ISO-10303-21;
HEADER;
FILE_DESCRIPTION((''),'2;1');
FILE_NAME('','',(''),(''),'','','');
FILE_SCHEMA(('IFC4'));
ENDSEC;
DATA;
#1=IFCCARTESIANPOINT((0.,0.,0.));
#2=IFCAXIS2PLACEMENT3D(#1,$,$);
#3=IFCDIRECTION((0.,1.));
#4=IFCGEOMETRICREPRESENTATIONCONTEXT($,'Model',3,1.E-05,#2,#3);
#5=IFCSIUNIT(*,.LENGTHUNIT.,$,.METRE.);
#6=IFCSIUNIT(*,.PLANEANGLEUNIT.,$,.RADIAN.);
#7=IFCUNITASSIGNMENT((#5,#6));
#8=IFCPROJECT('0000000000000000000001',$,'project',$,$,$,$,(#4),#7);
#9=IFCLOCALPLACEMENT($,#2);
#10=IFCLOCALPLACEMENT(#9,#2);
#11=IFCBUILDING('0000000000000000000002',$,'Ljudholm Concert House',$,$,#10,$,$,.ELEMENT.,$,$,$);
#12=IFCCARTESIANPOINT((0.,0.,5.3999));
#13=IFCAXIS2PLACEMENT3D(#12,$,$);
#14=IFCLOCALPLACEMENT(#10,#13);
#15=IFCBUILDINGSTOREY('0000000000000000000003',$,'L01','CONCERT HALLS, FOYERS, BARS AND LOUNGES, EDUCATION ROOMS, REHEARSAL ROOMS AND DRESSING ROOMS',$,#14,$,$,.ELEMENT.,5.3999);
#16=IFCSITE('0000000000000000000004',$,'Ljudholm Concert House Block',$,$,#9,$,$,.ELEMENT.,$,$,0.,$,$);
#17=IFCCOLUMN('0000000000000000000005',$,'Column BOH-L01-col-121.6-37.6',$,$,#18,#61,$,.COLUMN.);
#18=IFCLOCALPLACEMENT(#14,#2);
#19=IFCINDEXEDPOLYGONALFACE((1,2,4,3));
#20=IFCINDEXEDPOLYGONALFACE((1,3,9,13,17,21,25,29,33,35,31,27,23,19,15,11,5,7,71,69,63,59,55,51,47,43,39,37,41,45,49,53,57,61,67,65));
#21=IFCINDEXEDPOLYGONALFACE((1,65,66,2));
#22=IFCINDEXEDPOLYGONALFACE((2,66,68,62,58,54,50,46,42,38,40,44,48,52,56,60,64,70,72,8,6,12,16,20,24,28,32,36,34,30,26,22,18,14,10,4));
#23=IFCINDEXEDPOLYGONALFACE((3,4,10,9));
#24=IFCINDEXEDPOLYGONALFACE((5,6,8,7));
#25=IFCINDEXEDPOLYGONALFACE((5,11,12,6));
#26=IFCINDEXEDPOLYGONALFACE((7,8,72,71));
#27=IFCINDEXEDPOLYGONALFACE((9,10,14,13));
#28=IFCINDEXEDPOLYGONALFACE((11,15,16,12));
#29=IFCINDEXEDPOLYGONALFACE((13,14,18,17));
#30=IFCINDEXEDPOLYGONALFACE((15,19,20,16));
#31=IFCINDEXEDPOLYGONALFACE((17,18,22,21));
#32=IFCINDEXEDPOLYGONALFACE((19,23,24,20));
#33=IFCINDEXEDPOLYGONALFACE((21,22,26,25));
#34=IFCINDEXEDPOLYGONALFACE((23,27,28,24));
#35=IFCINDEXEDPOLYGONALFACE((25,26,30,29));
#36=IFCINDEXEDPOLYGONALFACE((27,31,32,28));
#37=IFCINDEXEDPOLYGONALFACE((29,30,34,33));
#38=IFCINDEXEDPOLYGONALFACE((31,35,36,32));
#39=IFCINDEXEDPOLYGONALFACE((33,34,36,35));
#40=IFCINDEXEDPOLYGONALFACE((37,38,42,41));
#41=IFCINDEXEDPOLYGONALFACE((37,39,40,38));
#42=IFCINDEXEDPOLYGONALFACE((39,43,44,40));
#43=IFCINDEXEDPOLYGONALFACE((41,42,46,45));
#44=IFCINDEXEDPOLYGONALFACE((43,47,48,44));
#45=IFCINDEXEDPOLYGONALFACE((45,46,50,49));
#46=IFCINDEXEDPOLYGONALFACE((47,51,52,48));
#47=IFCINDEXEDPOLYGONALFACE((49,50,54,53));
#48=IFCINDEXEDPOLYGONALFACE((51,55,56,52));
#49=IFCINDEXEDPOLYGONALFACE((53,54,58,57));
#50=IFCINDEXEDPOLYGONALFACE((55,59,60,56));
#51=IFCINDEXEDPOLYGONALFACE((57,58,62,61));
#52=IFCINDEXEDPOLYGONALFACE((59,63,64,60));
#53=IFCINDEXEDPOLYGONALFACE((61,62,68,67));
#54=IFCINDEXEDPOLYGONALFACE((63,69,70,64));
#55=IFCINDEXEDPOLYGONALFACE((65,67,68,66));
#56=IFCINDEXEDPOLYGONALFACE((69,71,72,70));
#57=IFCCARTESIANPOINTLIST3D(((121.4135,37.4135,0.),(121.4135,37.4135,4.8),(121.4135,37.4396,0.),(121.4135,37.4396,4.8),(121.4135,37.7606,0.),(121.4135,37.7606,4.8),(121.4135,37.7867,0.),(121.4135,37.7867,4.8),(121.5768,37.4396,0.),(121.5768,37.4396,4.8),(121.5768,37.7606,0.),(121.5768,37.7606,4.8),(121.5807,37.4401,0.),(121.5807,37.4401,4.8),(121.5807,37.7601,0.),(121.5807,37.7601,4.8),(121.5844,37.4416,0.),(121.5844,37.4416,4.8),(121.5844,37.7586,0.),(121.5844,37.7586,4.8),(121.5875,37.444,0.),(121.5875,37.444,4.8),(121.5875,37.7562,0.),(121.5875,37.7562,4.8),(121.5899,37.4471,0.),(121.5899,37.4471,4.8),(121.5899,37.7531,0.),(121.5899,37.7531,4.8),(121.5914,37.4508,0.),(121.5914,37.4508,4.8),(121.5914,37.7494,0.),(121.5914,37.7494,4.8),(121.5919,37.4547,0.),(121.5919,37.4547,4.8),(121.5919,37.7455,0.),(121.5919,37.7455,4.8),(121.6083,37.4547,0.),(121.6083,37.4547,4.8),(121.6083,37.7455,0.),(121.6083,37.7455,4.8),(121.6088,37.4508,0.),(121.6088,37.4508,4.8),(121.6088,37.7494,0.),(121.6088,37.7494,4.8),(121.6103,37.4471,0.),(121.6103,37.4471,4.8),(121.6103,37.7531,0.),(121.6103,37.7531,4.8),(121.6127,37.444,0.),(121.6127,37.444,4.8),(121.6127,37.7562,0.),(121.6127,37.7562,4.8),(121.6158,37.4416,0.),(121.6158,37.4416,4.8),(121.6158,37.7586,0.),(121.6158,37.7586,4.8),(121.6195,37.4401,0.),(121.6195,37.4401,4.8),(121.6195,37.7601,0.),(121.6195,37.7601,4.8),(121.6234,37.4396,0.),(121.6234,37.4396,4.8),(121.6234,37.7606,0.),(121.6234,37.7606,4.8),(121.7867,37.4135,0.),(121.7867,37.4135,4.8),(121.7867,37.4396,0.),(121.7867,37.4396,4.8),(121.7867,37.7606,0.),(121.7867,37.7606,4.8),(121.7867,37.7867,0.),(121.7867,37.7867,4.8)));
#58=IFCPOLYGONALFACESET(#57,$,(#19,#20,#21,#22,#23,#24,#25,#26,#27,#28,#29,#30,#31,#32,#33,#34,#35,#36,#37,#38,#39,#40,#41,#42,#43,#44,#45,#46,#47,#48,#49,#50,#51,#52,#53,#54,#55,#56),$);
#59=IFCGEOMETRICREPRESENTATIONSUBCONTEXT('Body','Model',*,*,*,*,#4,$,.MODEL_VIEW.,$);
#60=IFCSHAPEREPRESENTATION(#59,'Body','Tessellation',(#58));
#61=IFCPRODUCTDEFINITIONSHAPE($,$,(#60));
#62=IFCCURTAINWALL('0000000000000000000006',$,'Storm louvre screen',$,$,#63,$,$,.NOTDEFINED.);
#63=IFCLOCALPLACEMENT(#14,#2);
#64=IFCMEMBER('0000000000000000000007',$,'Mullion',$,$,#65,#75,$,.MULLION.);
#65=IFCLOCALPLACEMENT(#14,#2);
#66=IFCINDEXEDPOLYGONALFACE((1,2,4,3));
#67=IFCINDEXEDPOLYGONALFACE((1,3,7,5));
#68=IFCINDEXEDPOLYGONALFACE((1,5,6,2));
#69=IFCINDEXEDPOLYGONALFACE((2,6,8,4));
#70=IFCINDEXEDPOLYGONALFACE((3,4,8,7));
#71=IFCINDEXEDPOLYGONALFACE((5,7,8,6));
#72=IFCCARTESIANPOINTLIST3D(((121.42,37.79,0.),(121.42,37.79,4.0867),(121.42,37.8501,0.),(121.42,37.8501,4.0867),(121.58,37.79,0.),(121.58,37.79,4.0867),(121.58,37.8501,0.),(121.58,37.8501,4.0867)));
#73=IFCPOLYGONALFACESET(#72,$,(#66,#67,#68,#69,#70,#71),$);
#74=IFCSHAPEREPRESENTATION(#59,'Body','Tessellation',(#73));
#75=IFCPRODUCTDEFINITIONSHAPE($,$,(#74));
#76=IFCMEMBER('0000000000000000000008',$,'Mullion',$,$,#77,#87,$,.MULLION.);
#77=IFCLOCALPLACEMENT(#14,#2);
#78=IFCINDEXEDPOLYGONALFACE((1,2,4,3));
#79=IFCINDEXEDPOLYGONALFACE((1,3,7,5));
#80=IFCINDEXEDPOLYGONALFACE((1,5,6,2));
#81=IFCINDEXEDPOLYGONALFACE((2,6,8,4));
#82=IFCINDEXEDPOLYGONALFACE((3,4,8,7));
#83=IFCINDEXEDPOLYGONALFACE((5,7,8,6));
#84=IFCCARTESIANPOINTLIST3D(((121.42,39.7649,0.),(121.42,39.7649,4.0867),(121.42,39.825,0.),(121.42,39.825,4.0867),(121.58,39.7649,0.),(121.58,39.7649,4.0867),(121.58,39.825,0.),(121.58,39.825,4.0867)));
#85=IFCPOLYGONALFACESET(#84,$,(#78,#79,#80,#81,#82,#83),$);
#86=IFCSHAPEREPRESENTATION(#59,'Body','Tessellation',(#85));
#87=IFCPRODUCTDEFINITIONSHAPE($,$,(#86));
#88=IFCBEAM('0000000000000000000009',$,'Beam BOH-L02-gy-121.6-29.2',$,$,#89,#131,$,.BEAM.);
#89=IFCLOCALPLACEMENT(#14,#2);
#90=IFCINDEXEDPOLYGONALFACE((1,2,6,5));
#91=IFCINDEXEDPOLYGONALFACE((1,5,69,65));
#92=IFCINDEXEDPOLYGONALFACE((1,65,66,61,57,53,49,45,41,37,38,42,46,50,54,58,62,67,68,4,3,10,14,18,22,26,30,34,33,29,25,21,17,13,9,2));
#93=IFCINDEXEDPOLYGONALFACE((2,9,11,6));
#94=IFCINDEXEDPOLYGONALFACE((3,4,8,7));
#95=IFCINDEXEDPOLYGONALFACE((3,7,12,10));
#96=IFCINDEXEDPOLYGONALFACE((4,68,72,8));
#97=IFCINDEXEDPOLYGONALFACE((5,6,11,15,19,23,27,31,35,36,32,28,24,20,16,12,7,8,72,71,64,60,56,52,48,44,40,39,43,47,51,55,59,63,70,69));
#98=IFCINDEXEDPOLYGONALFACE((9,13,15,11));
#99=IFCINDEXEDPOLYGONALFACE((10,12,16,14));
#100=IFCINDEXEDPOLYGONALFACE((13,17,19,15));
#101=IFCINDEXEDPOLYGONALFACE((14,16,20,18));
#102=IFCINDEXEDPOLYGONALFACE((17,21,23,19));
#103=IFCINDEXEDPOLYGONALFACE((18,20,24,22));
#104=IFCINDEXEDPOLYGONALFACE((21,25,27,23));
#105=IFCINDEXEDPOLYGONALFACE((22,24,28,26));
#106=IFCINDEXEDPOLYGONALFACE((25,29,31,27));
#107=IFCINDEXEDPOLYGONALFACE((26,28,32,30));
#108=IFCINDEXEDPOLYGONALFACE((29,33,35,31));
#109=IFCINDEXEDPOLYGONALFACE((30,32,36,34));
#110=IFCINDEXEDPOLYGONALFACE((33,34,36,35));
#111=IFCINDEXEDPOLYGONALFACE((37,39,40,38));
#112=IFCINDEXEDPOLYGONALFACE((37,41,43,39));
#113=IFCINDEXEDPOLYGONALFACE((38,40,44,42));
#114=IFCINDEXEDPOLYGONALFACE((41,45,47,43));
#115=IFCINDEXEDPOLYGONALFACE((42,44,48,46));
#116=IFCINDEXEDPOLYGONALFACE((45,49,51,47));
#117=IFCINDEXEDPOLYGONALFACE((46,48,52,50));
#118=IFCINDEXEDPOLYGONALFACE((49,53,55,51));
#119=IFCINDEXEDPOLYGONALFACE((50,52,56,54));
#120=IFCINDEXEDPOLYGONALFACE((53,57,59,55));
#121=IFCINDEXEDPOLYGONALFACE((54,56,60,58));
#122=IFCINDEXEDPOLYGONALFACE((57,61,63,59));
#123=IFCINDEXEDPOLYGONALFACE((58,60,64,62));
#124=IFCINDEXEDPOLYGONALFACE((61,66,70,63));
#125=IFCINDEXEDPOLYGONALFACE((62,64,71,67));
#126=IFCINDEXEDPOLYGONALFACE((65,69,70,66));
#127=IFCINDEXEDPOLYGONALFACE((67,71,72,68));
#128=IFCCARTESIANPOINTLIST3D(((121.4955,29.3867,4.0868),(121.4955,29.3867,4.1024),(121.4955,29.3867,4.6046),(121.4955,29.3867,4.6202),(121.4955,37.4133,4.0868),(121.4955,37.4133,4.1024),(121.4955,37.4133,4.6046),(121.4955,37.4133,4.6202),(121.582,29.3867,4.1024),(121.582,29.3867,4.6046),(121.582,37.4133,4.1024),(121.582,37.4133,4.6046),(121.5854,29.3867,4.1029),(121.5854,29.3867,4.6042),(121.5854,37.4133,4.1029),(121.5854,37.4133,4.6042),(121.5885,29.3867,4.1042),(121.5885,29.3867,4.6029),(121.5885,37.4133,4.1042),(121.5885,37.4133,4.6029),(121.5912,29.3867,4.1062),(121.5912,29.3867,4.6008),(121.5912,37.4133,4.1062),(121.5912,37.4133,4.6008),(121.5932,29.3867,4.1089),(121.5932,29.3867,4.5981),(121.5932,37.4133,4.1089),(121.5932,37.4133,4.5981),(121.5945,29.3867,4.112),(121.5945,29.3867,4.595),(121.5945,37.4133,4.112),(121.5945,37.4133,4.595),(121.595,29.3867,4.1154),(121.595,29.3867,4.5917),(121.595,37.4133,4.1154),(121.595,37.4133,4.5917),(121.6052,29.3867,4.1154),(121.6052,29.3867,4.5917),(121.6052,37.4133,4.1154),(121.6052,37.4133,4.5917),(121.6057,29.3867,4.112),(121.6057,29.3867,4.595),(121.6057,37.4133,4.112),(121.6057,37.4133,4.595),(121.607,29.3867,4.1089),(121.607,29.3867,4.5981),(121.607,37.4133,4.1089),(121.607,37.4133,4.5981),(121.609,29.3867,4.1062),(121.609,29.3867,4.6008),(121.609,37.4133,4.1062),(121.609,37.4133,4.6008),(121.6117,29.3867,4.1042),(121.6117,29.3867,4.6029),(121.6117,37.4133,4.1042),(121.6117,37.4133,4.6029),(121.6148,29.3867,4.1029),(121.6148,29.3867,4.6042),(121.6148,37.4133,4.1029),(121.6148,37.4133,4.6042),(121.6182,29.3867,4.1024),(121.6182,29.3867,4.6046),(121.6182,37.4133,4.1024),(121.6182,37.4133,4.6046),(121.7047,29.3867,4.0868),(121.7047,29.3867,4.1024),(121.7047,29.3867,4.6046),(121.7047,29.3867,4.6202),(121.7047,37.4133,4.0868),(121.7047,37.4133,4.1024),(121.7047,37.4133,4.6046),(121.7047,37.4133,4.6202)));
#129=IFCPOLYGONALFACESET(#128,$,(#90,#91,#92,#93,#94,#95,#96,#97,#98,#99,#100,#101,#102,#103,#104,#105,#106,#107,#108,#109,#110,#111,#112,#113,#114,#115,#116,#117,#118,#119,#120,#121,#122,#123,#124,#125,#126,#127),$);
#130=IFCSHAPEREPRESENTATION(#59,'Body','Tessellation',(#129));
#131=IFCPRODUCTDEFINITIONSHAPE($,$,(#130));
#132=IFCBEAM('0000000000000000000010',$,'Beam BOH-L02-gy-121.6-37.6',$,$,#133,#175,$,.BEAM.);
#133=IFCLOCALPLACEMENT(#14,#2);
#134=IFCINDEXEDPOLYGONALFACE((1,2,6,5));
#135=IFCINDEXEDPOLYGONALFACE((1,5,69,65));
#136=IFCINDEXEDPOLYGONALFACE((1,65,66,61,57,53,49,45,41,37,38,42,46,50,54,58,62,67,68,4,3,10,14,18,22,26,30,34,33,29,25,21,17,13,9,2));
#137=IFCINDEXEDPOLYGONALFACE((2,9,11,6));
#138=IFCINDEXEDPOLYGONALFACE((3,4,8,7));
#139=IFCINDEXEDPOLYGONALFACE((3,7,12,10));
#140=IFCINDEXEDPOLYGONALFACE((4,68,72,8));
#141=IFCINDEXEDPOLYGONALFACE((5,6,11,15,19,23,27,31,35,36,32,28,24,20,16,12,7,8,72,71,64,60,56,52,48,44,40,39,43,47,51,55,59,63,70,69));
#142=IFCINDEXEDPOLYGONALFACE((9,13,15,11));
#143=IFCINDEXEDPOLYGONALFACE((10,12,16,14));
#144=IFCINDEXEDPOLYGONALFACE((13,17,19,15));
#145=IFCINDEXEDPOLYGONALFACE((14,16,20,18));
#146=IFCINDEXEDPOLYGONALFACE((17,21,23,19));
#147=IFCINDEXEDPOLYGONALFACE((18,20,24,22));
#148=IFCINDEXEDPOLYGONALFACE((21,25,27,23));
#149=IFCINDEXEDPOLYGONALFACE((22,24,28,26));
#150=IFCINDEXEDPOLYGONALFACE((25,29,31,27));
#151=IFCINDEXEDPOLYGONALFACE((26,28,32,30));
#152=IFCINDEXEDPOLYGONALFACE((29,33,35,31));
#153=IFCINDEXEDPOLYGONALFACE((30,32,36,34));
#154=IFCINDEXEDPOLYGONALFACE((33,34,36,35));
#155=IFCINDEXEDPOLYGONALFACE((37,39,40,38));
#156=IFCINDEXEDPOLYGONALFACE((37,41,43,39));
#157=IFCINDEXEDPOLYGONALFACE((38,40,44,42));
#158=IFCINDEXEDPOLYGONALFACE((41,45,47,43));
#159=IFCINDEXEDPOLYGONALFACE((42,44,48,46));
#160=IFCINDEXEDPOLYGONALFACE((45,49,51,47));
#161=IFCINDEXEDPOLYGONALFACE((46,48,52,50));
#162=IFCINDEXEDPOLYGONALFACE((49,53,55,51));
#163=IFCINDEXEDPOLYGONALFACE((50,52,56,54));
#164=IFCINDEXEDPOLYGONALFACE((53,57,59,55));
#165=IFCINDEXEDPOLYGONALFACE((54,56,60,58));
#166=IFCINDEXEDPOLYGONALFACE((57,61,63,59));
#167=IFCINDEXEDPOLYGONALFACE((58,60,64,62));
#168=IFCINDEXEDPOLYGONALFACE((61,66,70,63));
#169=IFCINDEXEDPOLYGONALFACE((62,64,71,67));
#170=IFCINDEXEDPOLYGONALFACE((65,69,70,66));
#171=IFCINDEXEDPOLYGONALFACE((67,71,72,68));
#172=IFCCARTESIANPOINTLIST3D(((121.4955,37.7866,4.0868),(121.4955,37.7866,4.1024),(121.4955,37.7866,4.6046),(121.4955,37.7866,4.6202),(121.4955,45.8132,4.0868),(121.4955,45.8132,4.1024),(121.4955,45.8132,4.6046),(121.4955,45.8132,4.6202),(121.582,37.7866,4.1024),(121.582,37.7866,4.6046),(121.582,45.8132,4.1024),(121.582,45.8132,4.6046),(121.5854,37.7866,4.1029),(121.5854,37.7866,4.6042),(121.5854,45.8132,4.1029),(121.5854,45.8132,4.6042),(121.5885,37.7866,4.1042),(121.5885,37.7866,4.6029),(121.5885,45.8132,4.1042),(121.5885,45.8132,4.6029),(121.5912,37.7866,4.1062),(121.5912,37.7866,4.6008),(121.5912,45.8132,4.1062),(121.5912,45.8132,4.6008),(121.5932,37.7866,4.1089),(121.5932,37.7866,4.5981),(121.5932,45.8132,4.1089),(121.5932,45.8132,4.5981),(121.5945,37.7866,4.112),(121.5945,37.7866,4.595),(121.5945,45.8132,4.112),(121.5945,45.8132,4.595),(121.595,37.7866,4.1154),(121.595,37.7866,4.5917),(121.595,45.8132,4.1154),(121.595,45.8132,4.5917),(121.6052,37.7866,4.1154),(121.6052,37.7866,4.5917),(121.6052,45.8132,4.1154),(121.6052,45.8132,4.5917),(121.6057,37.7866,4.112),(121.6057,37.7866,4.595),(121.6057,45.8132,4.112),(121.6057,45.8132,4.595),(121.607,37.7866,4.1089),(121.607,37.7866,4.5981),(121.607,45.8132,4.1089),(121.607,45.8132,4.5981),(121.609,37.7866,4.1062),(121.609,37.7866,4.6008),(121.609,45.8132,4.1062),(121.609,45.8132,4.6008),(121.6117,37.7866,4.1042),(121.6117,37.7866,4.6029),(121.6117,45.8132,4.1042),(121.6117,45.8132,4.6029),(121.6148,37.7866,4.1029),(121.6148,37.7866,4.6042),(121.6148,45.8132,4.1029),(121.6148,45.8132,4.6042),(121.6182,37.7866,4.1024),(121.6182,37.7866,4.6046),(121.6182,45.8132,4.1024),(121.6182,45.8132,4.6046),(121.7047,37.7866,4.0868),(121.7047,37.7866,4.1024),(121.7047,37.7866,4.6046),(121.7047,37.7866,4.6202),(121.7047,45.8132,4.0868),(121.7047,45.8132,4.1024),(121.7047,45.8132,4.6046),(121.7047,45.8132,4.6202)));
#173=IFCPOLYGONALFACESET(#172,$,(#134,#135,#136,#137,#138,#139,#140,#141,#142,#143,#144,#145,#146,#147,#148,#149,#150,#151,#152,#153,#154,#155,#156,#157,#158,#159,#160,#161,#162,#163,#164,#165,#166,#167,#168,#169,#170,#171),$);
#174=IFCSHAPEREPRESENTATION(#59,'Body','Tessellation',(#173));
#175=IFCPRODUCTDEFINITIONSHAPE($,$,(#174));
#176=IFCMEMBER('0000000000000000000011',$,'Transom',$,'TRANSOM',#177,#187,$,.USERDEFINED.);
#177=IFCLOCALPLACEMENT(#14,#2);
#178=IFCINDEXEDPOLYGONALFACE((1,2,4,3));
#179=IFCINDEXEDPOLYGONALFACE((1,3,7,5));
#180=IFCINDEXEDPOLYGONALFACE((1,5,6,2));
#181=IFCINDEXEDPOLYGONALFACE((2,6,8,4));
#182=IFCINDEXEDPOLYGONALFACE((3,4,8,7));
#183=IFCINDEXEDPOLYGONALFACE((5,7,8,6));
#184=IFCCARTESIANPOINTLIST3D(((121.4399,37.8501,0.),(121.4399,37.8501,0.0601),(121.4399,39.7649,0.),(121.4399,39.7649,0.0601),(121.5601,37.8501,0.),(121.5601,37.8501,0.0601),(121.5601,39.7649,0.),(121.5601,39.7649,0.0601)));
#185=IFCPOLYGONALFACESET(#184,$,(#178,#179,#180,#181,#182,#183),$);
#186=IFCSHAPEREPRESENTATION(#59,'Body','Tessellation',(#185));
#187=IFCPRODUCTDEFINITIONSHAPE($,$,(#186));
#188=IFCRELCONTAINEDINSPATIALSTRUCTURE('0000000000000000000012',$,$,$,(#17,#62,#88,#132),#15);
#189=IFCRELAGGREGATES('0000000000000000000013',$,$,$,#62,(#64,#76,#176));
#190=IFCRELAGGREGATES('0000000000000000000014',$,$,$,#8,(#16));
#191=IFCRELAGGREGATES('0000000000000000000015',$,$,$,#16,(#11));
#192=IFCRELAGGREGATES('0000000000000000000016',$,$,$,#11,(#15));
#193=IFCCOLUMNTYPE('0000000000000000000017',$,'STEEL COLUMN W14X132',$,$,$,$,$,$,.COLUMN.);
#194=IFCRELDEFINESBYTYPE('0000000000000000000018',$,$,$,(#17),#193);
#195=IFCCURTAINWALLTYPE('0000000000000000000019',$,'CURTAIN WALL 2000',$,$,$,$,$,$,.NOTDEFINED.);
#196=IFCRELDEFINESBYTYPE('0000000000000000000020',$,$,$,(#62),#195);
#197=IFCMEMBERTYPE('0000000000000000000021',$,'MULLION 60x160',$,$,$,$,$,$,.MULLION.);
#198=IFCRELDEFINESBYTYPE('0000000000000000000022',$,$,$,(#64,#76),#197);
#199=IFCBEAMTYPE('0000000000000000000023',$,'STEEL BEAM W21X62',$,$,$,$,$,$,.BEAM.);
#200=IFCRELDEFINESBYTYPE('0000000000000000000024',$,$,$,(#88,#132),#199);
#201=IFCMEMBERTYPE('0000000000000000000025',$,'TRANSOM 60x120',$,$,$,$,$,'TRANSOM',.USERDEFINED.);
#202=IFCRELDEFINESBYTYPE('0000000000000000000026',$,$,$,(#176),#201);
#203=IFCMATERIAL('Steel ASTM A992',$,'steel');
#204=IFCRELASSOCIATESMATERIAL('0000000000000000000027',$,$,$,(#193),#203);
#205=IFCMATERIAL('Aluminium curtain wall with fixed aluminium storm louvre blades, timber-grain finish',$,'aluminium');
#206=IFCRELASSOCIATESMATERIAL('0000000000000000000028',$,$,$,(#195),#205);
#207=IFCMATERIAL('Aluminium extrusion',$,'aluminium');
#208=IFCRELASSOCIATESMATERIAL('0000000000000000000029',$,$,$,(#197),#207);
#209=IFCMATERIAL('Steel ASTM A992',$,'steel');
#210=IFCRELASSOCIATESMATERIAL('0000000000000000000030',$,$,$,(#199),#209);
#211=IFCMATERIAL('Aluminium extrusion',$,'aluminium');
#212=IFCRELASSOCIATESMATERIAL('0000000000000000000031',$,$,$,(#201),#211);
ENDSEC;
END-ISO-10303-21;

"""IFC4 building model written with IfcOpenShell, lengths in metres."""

from ifc_helpers import new_model, si_unit, direction, frame, origin, origin_2d, place, context, subcontext, project, spatial, rectangle, i_section, extrude, material, material_profile, profile_set, type_object, element, aggregate, save


model = new_model("IFC4")

# Units and contexts
model_context = context("Model", 3, precision=1e-05, world=origin(), true_north=direction((0.0, 1.0)))
body_context = subcontext(model_context, "Body", "Model", "MODEL_VIEW")
ifc_project = project(units=[si_unit("LENGTHUNIT", "METRE"), si_unit("PLANEANGLEUNIT", "RADIAN")], contexts=[model_context])

# Site, building, storey
site_placement = place(None, origin())
site = spatial("IfcSite", under=ifc_project, at=site_placement, Name="Ljudholm Concert House Block", CompositionType="ELEMENT", RefElevation=0.0)
building_placement = place(site_placement, origin())
building = spatial("IfcBuilding", under=site, at=building_placement, Name="Ljudholm Concert House", CompositionType="ELEMENT")
storey_placement = place(building_placement, frame((0.0, 0.0, 5.3999)))
storey = spatial("IfcBuildingStorey", under=building, at=storey_placement, Name="L01", Description="CONCERT HALLS, FOYERS, BARS AND LOUNGES, EDUCATION ROOMS, REHEARSAL ROOMS AND DRESSING ROOMS", CompositionType="ELEMENT", Elevation=5.3999)

# Column
ifc_material_1 = material(Name="Steel ASTM A992", Category="steel")
ifc_material_profile_1 = material_profile(ifc_material_1, i_section(OverallWidth=0.3733, OverallDepth=0.3733, WebThickness=0.0164, FlangeThickness=0.0261, FilletRadius=0.0151, at=origin_2d()), Name="W14X132")
ifc_profile_set_1 = profile_set([ifc_material_profile_1], Name="Steel ASTM A992")
column_type = type_object("IfcColumnType", Name="STEEL COLUMN W14X132", PredefinedType="COLUMN", material=ifc_profile_set_1)
column_placement = place(storey_placement, frame((121.6001, 37.6001, 0.0), z_axis=(0.0, 0.0, 1.0), x_axis=(1.0, 0.0, 0.0)))
element("IfcColumn", 1, at=column_placement, inside=storey, type_object=column_type, Name="Column BOH-L01-col-121.6-37.6", PredefinedType="COLUMN", context=body_context, shape_type="SweptSolid", body=[
    extrude(i_section(OverallWidth=0.3733, OverallDepth=0.3733, WebThickness=0.0164, FlangeThickness=0.0261, FilletRadius=0.0151, at=origin_2d()), origin(), (0.0, 0.0, 1.0), 4.8),
])

# Curtain wall, members
ifc_material_2 = material(Name="Aluminium curtain wall with fixed aluminium storm louvre blades, timber-grain finish", Category="aluminium")
curtain_wall_type = type_object("IfcCurtainWallType", Name="CURTAIN WALL 2000", PredefinedType="NOTDEFINED", material=ifc_material_2)
curtain_wall_placement = place(storey_placement, origin())
curtain_wall = element("IfcCurtainWall", 2, at=curtain_wall_placement, inside=storey, type_object=curtain_wall_type, Name="Storm louvre screen", PredefinedType="NOTDEFINED")
ifc_material_3 = material(Name="Aluminium extrusion", Category="aluminium")
ifc_material_profile_2 = material_profile(ifc_material_3, rectangle(XDim=0.1599, YDim=0.0601, at=origin_2d()), Name="MULLION 60x160")
ifc_profile_set_2 = profile_set([ifc_material_profile_2], Name="Aluminium extrusion")
member_type_1 = type_object("IfcMemberType", Name="MULLION 60x160", PredefinedType="MULLION", material=ifc_profile_set_2)
member_1_placement = place(storey_placement, frame((121.5, 37.8201, 0.0), z_axis=(0.0, 0.0, 1.0), x_axis=(-1.0, 0.0, 0.0)))
member_1 = element("IfcMember", 3, at=member_1_placement, type_object=member_type_1, Name="Mullion", PredefinedType="MULLION", context=body_context, shape_type="SweptSolid", body=[
    extrude(rectangle(XDim=0.1599, YDim=0.0601, at=origin_2d()), origin(), (0.0, 0.0, 1.0), 4.0867),
])
member_2_placement = place(storey_placement, frame((121.5, 39.7949, 0.0), z_axis=(0.0, 0.0, 1.0), x_axis=(-1.0, 0.0, 0.0)))
member_2 = element("IfcMember", 4, at=member_2_placement, type_object=member_type_1, Name="Mullion", PredefinedType="MULLION", context=body_context, shape_type="SweptSolid", body=[
    extrude(rectangle(XDim=0.1599, YDim=0.0601, at=origin_2d()), origin(), (0.0, 0.0, 1.0), 4.0867),
])

# Beams
ifc_material_4 = material(Name="Steel ASTM A992", Category="steel")
ifc_material_profile_3 = material_profile(ifc_material_4, i_section(OverallWidth=0.2092, OverallDepth=0.5334, WebThickness=0.0103, FlangeThickness=0.0156, FilletRadius=0.0129, at=origin_2d()), Name="W21X62")
ifc_profile_set_3 = profile_set([ifc_material_profile_3], Name="Steel ASTM A992")
beam_type = type_object("IfcBeamType", Name="STEEL BEAM W21X62", PredefinedType="BEAM", material=ifc_profile_set_3)
for number, where, z_axis, x_axis, name in (
    (5, (121.6001, 29.3867, 4.3535), (0.0, 1.0, 0.0), (-1.0, 0.0, 0.0), "Beam BOH-L02-gy-121.6-29.2"),
    (6, (121.6001, 37.7866, 4.3535), (0.0, 1.0, 0.0), (-1.0, 0.0, 0.0), "Beam BOH-L02-gy-121.6-37.6"),
):
    element("IfcBeam", number, at=place(storey_placement, frame(where, z_axis=z_axis, x_axis=x_axis)), inside=storey, type_object=beam_type, Name=name, PredefinedType="BEAM", context=body_context, shape_type="SweptSolid", body=[
        extrude(i_section(OverallWidth=0.2092, OverallDepth=0.5334, WebThickness=0.0103, FlangeThickness=0.0156, FilletRadius=0.0129, at=origin_2d()), origin(), (0.0, 0.0, 1.0), 8.0266),
    ])

# Member
ifc_material_5 = material(Name="Aluminium extrusion", Category="aluminium")
ifc_material_profile_4 = material_profile(ifc_material_5, rectangle(XDim=0.1201, YDim=0.0601, at=origin_2d()), Name="TRANSOM 60x120")
ifc_profile_set_4 = profile_set([ifc_material_profile_4], Name="Aluminium extrusion")
member_type_2 = type_object("IfcMemberType", Name="TRANSOM 60x120", ElementType="TRANSOM", PredefinedType="USERDEFINED", material=ifc_profile_set_4)
member_3_placement = place(storey_placement, frame((121.5, 37.8501, 0.03), z_axis=(0.0, 1.0, 0.0), x_axis=(-1.0, 0.0, 0.0)))
member_3 = element("IfcMember", 7, at=member_3_placement, type_object=member_type_2, Name="Transom", ObjectType="TRANSOM", PredefinedType="USERDEFINED", context=body_context, shape_type="SweptSolid", body=[
    extrude(rectangle(XDim=0.1201, YDim=0.0601, at=origin_2d()), origin(), (0.0, 0.0, 1.0), 1.9148),
])

aggregate(curtain_wall, [member_1, member_2, member_3])

save(model, "model.ifc")
